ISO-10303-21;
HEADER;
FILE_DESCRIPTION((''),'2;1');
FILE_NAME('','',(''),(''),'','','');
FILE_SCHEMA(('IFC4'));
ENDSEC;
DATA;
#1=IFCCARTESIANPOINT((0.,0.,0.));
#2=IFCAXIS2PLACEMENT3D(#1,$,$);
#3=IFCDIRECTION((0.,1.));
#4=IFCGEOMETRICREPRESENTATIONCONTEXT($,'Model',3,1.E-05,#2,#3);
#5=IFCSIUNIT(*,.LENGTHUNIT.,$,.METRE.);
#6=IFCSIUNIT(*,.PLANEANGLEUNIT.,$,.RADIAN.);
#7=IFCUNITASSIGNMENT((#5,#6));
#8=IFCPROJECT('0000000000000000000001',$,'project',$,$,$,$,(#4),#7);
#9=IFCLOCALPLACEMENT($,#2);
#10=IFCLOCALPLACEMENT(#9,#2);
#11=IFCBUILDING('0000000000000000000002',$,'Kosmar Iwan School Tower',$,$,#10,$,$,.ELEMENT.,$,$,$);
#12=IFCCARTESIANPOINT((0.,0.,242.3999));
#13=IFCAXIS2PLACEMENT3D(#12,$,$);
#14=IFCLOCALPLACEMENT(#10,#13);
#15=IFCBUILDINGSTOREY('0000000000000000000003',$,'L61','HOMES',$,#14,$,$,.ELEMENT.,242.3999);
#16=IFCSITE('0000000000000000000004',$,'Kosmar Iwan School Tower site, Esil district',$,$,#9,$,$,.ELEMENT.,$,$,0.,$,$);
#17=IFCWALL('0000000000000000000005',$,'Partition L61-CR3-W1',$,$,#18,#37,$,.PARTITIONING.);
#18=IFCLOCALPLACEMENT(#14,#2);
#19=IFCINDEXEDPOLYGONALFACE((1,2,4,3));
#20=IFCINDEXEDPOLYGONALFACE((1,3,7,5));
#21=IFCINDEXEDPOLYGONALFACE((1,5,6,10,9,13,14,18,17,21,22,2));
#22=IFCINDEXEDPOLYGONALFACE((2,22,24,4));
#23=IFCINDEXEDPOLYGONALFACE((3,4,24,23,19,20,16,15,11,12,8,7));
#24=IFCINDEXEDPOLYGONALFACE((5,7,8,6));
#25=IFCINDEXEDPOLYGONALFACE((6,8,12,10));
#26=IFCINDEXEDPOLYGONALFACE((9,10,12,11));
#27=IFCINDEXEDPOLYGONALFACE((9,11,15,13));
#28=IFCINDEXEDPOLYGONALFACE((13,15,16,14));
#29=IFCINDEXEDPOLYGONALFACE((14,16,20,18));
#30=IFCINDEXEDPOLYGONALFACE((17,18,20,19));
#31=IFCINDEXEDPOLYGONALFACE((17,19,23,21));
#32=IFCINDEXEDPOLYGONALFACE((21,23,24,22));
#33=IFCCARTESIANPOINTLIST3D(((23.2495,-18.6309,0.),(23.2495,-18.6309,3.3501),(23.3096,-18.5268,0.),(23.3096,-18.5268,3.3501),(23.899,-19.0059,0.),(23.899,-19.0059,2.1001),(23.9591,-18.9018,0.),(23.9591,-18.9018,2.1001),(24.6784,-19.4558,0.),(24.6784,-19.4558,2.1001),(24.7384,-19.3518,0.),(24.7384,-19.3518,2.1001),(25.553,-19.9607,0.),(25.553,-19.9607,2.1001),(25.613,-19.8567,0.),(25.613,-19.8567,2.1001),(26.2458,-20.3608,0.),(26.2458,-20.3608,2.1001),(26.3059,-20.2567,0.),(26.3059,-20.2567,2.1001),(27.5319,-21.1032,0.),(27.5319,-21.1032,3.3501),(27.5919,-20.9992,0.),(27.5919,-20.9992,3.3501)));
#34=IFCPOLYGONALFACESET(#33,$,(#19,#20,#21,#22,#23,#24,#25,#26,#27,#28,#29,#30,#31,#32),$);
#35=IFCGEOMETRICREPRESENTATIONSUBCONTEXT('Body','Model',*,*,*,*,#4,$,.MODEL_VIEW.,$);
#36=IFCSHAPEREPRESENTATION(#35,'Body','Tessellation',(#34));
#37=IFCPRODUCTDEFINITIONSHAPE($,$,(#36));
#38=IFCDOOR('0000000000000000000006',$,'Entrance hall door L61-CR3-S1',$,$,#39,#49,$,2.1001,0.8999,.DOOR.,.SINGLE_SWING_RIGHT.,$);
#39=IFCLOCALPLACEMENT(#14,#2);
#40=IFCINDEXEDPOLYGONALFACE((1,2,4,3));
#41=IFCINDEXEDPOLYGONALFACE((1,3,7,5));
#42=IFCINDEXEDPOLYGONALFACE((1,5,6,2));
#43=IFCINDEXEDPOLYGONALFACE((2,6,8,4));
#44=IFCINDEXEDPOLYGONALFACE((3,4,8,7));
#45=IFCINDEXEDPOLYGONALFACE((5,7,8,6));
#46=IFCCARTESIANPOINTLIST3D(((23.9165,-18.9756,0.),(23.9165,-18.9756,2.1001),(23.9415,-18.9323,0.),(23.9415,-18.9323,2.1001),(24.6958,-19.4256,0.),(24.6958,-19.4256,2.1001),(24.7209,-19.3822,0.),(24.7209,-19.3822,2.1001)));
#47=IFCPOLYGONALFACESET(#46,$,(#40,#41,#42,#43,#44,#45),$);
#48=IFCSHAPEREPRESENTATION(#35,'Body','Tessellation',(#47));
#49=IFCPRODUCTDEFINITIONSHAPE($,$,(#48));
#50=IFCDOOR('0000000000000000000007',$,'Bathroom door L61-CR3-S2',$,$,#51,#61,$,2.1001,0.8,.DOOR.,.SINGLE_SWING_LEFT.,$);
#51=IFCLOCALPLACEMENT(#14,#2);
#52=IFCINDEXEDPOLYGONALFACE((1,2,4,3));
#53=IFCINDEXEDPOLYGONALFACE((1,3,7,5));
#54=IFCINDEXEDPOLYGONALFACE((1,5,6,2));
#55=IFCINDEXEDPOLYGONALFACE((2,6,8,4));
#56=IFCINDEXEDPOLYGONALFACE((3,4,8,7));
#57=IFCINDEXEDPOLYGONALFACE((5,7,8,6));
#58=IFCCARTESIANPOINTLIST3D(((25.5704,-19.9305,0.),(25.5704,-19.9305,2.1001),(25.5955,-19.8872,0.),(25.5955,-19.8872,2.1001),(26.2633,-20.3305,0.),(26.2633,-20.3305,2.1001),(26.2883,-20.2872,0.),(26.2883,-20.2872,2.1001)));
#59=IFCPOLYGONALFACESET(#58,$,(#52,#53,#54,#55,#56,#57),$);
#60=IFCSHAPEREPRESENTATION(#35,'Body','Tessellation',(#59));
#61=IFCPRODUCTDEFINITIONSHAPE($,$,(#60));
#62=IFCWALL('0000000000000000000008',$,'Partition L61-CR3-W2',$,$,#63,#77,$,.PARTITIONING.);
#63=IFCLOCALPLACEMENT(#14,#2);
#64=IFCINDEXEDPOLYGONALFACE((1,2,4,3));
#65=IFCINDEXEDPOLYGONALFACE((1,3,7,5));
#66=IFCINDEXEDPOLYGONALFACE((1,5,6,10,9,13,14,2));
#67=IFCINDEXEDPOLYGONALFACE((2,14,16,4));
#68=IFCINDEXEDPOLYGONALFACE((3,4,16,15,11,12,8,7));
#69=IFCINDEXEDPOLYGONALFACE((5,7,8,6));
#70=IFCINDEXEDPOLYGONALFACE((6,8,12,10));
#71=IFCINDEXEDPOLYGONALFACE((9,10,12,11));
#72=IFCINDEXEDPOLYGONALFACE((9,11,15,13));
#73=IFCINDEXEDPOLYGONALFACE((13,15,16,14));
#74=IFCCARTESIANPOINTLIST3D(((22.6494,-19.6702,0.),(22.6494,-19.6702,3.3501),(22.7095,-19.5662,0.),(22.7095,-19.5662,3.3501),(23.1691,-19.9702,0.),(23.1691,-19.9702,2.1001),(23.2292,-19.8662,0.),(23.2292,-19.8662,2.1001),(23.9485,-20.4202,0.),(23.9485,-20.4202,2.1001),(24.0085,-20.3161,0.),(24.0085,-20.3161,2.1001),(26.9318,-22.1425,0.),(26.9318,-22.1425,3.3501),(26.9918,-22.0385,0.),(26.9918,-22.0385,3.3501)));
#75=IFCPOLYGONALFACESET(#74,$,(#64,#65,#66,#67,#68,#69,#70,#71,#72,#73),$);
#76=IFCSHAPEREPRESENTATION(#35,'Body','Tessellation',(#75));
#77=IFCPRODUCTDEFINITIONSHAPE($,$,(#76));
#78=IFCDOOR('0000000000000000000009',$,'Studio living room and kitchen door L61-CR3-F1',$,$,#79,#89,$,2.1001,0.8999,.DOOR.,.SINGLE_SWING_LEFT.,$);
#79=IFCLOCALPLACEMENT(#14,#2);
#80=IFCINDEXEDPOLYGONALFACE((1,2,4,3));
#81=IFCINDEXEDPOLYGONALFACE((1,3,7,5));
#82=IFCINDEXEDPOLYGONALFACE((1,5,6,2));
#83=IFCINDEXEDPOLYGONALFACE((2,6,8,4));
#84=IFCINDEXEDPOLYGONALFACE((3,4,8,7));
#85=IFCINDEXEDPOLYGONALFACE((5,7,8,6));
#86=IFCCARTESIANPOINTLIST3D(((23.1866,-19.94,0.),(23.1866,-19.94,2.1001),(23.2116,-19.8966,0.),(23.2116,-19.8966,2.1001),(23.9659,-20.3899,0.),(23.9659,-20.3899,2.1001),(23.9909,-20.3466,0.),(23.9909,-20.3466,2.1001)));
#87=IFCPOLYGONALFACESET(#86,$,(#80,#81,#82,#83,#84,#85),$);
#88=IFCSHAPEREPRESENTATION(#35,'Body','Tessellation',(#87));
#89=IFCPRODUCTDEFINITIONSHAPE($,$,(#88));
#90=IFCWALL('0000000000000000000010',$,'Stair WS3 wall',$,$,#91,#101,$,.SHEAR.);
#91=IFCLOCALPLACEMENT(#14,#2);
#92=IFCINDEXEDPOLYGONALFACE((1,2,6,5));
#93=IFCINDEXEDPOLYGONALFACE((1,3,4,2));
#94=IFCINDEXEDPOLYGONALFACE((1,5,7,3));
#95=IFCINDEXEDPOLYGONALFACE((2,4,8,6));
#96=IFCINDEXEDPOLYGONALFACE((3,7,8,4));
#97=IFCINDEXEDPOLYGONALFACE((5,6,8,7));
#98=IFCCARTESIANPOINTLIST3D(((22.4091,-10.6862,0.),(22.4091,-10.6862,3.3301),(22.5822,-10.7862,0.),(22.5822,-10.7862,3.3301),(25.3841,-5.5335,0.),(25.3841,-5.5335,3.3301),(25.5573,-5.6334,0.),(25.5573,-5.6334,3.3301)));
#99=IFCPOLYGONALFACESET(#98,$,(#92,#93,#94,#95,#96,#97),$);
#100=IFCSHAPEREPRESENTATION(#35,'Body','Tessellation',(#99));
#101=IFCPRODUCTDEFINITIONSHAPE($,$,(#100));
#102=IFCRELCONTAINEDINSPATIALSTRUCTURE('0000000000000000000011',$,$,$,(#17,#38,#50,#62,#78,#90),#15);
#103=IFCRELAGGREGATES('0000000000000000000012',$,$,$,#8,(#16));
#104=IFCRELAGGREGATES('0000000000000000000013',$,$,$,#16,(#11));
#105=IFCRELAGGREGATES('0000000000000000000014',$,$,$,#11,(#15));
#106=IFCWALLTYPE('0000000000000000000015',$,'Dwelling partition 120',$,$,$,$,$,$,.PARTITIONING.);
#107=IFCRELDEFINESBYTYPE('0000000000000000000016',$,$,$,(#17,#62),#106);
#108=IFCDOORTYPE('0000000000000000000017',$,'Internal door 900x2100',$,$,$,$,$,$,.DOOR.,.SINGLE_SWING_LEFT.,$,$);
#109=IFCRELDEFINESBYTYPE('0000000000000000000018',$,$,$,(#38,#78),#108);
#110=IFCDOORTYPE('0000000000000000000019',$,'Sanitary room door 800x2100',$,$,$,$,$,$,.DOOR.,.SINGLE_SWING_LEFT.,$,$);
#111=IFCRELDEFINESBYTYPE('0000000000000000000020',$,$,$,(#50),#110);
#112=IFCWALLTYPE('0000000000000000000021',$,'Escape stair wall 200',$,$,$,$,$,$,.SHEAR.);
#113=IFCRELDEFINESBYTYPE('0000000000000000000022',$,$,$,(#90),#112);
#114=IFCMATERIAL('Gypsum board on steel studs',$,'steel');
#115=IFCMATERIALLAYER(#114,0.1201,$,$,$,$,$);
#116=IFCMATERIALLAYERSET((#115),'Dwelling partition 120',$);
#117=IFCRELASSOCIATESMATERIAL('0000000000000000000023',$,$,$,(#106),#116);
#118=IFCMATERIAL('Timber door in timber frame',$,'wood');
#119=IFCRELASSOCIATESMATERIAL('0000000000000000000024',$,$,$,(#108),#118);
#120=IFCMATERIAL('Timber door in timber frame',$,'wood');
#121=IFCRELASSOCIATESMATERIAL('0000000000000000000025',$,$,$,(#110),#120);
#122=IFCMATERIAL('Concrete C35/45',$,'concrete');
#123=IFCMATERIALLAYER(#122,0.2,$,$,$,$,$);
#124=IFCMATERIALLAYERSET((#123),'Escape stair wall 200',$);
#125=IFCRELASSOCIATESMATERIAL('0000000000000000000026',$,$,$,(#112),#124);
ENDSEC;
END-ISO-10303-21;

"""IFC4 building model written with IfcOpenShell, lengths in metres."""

from ifc_helpers import new_model, si_unit, direction, frame, frame_2d, origin, place, context, subcontext, project, spatial, rectangle, extrude, material, layer, layer_set, type_object, element, fill, save


model = new_model("IFC4")

# Units and contexts
model_context = context("Model", 3, precision=1e-05, world=origin(), true_north=direction((0.0, 1.0)))
body_context = subcontext(model_context, "Body", "Model", "MODEL_VIEW")
ifc_project = project(units=[si_unit("LENGTHUNIT", "METRE"), si_unit("PLANEANGLEUNIT", "RADIAN")], contexts=[model_context])

# Site, building, storey
site_placement = place(None, origin())
site = spatial("IfcSite", under=ifc_project, at=site_placement, Name="Kosmar Iwan School Tower site, Esil district", CompositionType="ELEMENT", RefElevation=0.0)
building_placement = place(site_placement, origin())
building = spatial("IfcBuilding", under=site, at=building_placement, Name="Kosmar Iwan School Tower", CompositionType="ELEMENT")
storey_placement = place(building_placement, frame((0.0, 0.0, 242.3999)))
storey = spatial("IfcBuildingStorey", under=building, at=storey_placement, Name="L61", Description="HOMES", CompositionType="ELEMENT", Elevation=242.3999)

# Shared definitions
ifc_material_1 = material(Name="Gypsum board on steel studs", Category="steel")
ifc_layer_1 = layer(ifc_material_1, 0.1201)
ifc_layer_set_1 = layer_set([ifc_layer_1], Name="Dwelling partition 120")
wall_type_1 = type_object("IfcWallType", Name="Dwelling partition 120", PredefinedType="PARTITIONING", material=ifc_layer_set_1)

# Wall, openings, doors
wall_1_placement = place(storey_placement, frame((23.2795, -18.5789, 0.0), z_axis=(0.0, 0.0, 1.0), x_axis=(0.866032, -0.499989, 0.0)))
wall_1 = element("IfcWall", 1, at=wall_1_placement, inside=storey, type_object=wall_type_1, Name="Partition L61-CR3-W1", PredefinedType="PARTITIONING", context=body_context, shape_type="SweptSolid", body=[
    extrude(rectangle(XDim=4.9448, YDim=0.1201, at=frame_2d((2.4724, 0.0))), origin(), (0.0, 0.0, 1.0), 3.3501),
])
opening_1_placement = place(wall_1_placement, frame((0.75, 0.0, 0.0)))
opening_1 = element("IfcOpeningElement", 2, at=opening_1_placement, cuts=wall_1, PredefinedType="OPENING", context=body_context, shape_type="SweptSolid", body=[
    extrude(rectangle(XDim=0.8999, YDim=2.1001, at=frame_2d((0.45, 1.05))), frame((0.0, 0.072, 0.0), z_axis=(0.0, -1.0, 0.0), x_axis=(1.0, 0.0, 0.0)), (0.0, 0.0, 1.0), 0.144),
])
opening_2_placement = place(wall_1_placement, frame((2.6599, 0.0, 0.0)))
opening_2 = element("IfcOpeningElement", 3, at=opening_2_placement, cuts=wall_1, PredefinedType="OPENING", context=body_context, shape_type="SweptSolid", body=[
    extrude(rectangle(XDim=0.8, YDim=2.1001, at=frame_2d((0.3999, 1.05))), frame((0.0, 0.072, 0.0), z_axis=(0.0, -1.0, 0.0), x_axis=(1.0, 0.0, 0.0)), (0.0, 0.0, 1.0), 0.144),
])
ifc_material_2 = material(Name="Timber door in timber frame", Category="wood")
door_type_1 = type_object("IfcDoorType", Name="Internal door 900x2100", OperationType="SINGLE_SWING_LEFT", PredefinedType="DOOR", material=ifc_material_2)
door_1_placement = place(opening_1_placement, origin())
door_1 = element("IfcDoor", 4, at=door_1_placement, inside=storey, type_object=door_type_1, Name="Entrance hall door L61-CR3-S1", OperationType="SINGLE_SWING_RIGHT", OverallHeight=2.1001, OverallWidth=0.8999, PredefinedType="DOOR", context=body_context, shape_type="SweptSolid", body=[
    extrude(rectangle(XDim=0.8999, YDim=2.1001, at=frame_2d((0.45, 1.05))), frame((0.0, 0.0249, 0.0), z_axis=(0.0, -1.0, 0.0), x_axis=(1.0, 0.0, 0.0)), (0.0, 0.0, 1.0), 0.05),
])
fill(opening_1, door_1)
ifc_material_3 = material(Name="Timber door in timber frame", Category="wood")
door_type_2 = type_object("IfcDoorType", Name="Sanitary room door 800x2100", OperationType="SINGLE_SWING_LEFT", PredefinedType="DOOR", material=ifc_material_3)
door_2_placement = place(opening_2_placement, origin())
door_2 = element("IfcDoor", 5, at=door_2_placement, inside=storey, type_object=door_type_2, Name="Bathroom door L61-CR3-S2", OperationType="SINGLE_SWING_LEFT", OverallHeight=2.1001, OverallWidth=0.8, PredefinedType="DOOR", context=body_context, shape_type="SweptSolid", body=[
    extrude(rectangle(XDim=0.8, YDim=2.1001, at=frame_2d((0.3999, 1.05))), frame((0.0, 0.0249, 0.0), z_axis=(0.0, -1.0, 0.0), x_axis=(1.0, 0.0, 0.0)), (0.0, 0.0, 1.0), 0.05),
])
fill(opening_2, door_2)

# Wall, opening, door
wall_2_placement = place(storey_placement, frame((22.6794, -19.6182, 0.0), z_axis=(0.0, 0.0, 1.0), x_axis=(0.866032, -0.499989, 0.0)))
wall_2 = element("IfcWall", 6, at=wall_2_placement, inside=storey, type_object=wall_type_1, Name="Partition L61-CR3-W2", PredefinedType="PARTITIONING", context=body_context, shape_type="SweptSolid", body=[
    extrude(rectangle(XDim=4.9448, YDim=0.1201, at=frame_2d((2.4724, 0.0))), origin(), (0.0, 0.0, 1.0), 3.3501),
])
opening_3_placement = place(wall_2_placement, frame((0.6001, 0.0, 0.0)))
opening_3 = element("IfcOpeningElement", 7, at=opening_3_placement, cuts=wall_2, PredefinedType="OPENING", context=body_context, shape_type="SweptSolid", body=[
    extrude(rectangle(XDim=0.8999, YDim=2.1001, at=frame_2d((0.45, 1.05))), frame((0.0, 0.072, 0.0), z_axis=(0.0, -1.0, 0.0), x_axis=(1.0, 0.0, 0.0)), (0.0, 0.0, 1.0), 0.144),
])
door_3_placement = place(opening_3_placement, origin())
door_3 = element("IfcDoor", 8, at=door_3_placement, inside=storey, type_object=door_type_1, Name="Studio living room and kitchen door L61-CR3-F1", OperationType="SINGLE_SWING_LEFT", OverallHeight=2.1001, OverallWidth=0.8999, PredefinedType="DOOR", context=body_context, shape_type="SweptSolid", body=[
    extrude(rectangle(XDim=0.8999, YDim=2.1001, at=frame_2d((0.45, 1.05))), frame((0.0, 0.0249, 0.0), z_axis=(0.0, -1.0, 0.0), x_axis=(1.0, 0.0, 0.0)), (0.0, 0.0, 1.0), 0.05),
])
fill(opening_3, door_3)

# Wall
ifc_material_4 = material(Name="Concrete C35/45", Category="concrete")
ifc_layer_2 = layer(ifc_material_4, 0.2)
ifc_layer_set_2 = layer_set([ifc_layer_2], Name="Escape stair wall 200")
wall_type_2 = type_object("IfcWallType", Name="Escape stair wall 200", PredefinedType="SHEAR", material=ifc_layer_set_2)
wall_3_placement = place(storey_placement, frame((22.4956, -10.7363, 0.0), z_axis=(0.0, 0.0, 1.0), x_axis=(0.500014, 0.866017, 0.0)))
element("IfcWall", 9, at=wall_3_placement, inside=storey, type_object=wall_type_2, Name="Stair WS3 wall", PredefinedType="SHEAR", context=body_context, shape_type="SweptSolid", body=[
    extrude(rectangle(XDim=5.95, YDim=0.2, at=frame_2d((2.9751, 0.0))), origin(), (0.0, 0.0, 1.0), 3.3301),
])

save(model, "model.ifc")
